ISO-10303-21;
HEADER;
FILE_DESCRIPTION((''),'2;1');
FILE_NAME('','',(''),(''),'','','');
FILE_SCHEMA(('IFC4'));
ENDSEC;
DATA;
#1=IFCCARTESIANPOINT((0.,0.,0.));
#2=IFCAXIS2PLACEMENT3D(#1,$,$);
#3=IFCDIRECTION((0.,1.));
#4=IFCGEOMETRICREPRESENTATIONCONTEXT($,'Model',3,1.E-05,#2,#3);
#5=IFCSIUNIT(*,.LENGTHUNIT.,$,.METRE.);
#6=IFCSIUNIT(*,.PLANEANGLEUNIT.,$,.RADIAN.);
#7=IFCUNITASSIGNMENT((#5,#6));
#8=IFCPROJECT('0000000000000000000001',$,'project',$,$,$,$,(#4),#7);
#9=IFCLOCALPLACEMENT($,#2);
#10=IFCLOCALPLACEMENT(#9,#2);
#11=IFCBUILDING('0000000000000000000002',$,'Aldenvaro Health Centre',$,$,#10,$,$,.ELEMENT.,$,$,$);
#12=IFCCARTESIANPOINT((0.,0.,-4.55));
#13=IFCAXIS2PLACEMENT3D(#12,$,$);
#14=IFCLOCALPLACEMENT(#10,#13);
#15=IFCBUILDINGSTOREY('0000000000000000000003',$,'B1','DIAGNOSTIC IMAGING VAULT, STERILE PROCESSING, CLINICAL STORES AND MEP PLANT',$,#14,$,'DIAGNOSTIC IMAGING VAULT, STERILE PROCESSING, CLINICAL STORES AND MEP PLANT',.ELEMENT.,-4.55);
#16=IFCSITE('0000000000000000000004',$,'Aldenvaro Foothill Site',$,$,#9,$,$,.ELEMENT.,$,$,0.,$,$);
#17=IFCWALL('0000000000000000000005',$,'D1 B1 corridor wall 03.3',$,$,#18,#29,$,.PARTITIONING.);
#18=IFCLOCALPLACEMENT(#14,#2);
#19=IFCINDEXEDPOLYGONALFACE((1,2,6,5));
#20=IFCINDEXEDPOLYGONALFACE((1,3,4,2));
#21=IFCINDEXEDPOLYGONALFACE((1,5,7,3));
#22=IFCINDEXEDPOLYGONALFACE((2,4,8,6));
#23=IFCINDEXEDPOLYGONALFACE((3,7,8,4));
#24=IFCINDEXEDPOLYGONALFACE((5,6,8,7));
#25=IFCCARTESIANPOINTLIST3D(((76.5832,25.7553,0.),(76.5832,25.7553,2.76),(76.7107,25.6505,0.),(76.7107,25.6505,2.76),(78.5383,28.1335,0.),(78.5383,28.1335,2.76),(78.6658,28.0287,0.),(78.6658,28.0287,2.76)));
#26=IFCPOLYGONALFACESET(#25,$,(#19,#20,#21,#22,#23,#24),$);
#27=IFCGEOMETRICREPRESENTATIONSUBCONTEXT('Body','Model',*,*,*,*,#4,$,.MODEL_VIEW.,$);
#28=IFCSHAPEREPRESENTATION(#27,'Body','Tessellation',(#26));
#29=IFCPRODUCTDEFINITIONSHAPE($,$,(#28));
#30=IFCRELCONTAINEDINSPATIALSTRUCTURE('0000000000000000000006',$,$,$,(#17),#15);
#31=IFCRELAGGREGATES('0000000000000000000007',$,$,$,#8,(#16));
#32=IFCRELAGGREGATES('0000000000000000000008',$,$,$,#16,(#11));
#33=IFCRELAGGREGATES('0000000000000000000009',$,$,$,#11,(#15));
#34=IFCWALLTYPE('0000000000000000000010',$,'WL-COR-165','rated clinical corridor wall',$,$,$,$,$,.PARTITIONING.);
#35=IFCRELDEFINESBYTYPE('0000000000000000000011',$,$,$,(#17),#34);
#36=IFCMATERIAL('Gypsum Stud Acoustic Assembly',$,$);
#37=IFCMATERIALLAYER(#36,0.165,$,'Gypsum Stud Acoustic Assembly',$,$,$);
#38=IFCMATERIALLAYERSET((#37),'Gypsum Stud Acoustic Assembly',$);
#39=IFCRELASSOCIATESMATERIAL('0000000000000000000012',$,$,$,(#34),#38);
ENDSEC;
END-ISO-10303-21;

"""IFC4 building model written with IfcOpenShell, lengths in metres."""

from ifc_helpers import new_model, si_unit, direction, frame, frame_2d, origin, place, context, subcontext, project, spatial, rectangle, extrude, material, layer, layer_set, type_object, element, save


model = new_model("IFC4")

# Units and contexts
model_context = context("Model", 3, precision=1e-05, world=origin(), true_north=direction((0.0, 1.0)))
body_context = subcontext(model_context, "Body", "Model", "MODEL_VIEW")
ifc_project = project(units=[si_unit("LENGTHUNIT", "METRE"), si_unit("PLANEANGLEUNIT", "RADIAN")], contexts=[model_context])

# Site, building, storey
site_placement = place(None, origin())
site = spatial("IfcSite", under=ifc_project, at=site_placement, Name="Aldenvaro Foothill Site", CompositionType="ELEMENT", RefElevation=0.0)
building_placement = place(site_placement, origin())
building = spatial("IfcBuilding", under=site, at=building_placement, Name="Aldenvaro Health Centre", CompositionType="ELEMENT")
storey_placement = place(building_placement, frame((0.0, 0.0, -4.55)))
storey = spatial("IfcBuildingStorey", under=building, at=storey_placement, Name="B1", Description="DIAGNOSTIC IMAGING VAULT, STERILE PROCESSING, CLINICAL STORES AND MEP PLANT", LongName="DIAGNOSTIC IMAGING VAULT, STERILE PROCESSING, CLINICAL STORES AND MEP PLANT", CompositionType="ELEMENT", Elevation=-4.55)

# Shared definitions
ifc_material_1 = material(Name="Gypsum Stud Acoustic Assembly")
ifc_layer = layer(ifc_material_1, 0.165, Name="Gypsum Stud Acoustic Assembly")
ifc_layer_set = layer_set([ifc_layer], Name="Gypsum Stud Acoustic Assembly")
wall_type = type_object("IfcWallType", Name="WL-COR-165", Description="rated clinical corridor wall", PredefinedType="PARTITIONING", material=ifc_layer_set)

# Wall
wall_1_placement = place(storey_placement, frame((78.6021, 28.0811, 0.0), z_axis=(0.0, 0.0, 1.0), x_axis=(-0.635045, -0.772475, 0.0)))
element("IfcWall", 1, at=wall_1_placement, inside=storey, type_object=wall_type, Name="D1 B1 corridor wall 03.3", PredefinedType="PARTITIONING", context=body_context, shape_type="SweptSolid", body=[
    extrude(rectangle(XDim=3.0786, YDim=0.165, at=frame_2d((1.5393, 0.0))), origin(), (0.0, 0.0, 1.0), 2.76),
])

save(model, "model.ifc")
